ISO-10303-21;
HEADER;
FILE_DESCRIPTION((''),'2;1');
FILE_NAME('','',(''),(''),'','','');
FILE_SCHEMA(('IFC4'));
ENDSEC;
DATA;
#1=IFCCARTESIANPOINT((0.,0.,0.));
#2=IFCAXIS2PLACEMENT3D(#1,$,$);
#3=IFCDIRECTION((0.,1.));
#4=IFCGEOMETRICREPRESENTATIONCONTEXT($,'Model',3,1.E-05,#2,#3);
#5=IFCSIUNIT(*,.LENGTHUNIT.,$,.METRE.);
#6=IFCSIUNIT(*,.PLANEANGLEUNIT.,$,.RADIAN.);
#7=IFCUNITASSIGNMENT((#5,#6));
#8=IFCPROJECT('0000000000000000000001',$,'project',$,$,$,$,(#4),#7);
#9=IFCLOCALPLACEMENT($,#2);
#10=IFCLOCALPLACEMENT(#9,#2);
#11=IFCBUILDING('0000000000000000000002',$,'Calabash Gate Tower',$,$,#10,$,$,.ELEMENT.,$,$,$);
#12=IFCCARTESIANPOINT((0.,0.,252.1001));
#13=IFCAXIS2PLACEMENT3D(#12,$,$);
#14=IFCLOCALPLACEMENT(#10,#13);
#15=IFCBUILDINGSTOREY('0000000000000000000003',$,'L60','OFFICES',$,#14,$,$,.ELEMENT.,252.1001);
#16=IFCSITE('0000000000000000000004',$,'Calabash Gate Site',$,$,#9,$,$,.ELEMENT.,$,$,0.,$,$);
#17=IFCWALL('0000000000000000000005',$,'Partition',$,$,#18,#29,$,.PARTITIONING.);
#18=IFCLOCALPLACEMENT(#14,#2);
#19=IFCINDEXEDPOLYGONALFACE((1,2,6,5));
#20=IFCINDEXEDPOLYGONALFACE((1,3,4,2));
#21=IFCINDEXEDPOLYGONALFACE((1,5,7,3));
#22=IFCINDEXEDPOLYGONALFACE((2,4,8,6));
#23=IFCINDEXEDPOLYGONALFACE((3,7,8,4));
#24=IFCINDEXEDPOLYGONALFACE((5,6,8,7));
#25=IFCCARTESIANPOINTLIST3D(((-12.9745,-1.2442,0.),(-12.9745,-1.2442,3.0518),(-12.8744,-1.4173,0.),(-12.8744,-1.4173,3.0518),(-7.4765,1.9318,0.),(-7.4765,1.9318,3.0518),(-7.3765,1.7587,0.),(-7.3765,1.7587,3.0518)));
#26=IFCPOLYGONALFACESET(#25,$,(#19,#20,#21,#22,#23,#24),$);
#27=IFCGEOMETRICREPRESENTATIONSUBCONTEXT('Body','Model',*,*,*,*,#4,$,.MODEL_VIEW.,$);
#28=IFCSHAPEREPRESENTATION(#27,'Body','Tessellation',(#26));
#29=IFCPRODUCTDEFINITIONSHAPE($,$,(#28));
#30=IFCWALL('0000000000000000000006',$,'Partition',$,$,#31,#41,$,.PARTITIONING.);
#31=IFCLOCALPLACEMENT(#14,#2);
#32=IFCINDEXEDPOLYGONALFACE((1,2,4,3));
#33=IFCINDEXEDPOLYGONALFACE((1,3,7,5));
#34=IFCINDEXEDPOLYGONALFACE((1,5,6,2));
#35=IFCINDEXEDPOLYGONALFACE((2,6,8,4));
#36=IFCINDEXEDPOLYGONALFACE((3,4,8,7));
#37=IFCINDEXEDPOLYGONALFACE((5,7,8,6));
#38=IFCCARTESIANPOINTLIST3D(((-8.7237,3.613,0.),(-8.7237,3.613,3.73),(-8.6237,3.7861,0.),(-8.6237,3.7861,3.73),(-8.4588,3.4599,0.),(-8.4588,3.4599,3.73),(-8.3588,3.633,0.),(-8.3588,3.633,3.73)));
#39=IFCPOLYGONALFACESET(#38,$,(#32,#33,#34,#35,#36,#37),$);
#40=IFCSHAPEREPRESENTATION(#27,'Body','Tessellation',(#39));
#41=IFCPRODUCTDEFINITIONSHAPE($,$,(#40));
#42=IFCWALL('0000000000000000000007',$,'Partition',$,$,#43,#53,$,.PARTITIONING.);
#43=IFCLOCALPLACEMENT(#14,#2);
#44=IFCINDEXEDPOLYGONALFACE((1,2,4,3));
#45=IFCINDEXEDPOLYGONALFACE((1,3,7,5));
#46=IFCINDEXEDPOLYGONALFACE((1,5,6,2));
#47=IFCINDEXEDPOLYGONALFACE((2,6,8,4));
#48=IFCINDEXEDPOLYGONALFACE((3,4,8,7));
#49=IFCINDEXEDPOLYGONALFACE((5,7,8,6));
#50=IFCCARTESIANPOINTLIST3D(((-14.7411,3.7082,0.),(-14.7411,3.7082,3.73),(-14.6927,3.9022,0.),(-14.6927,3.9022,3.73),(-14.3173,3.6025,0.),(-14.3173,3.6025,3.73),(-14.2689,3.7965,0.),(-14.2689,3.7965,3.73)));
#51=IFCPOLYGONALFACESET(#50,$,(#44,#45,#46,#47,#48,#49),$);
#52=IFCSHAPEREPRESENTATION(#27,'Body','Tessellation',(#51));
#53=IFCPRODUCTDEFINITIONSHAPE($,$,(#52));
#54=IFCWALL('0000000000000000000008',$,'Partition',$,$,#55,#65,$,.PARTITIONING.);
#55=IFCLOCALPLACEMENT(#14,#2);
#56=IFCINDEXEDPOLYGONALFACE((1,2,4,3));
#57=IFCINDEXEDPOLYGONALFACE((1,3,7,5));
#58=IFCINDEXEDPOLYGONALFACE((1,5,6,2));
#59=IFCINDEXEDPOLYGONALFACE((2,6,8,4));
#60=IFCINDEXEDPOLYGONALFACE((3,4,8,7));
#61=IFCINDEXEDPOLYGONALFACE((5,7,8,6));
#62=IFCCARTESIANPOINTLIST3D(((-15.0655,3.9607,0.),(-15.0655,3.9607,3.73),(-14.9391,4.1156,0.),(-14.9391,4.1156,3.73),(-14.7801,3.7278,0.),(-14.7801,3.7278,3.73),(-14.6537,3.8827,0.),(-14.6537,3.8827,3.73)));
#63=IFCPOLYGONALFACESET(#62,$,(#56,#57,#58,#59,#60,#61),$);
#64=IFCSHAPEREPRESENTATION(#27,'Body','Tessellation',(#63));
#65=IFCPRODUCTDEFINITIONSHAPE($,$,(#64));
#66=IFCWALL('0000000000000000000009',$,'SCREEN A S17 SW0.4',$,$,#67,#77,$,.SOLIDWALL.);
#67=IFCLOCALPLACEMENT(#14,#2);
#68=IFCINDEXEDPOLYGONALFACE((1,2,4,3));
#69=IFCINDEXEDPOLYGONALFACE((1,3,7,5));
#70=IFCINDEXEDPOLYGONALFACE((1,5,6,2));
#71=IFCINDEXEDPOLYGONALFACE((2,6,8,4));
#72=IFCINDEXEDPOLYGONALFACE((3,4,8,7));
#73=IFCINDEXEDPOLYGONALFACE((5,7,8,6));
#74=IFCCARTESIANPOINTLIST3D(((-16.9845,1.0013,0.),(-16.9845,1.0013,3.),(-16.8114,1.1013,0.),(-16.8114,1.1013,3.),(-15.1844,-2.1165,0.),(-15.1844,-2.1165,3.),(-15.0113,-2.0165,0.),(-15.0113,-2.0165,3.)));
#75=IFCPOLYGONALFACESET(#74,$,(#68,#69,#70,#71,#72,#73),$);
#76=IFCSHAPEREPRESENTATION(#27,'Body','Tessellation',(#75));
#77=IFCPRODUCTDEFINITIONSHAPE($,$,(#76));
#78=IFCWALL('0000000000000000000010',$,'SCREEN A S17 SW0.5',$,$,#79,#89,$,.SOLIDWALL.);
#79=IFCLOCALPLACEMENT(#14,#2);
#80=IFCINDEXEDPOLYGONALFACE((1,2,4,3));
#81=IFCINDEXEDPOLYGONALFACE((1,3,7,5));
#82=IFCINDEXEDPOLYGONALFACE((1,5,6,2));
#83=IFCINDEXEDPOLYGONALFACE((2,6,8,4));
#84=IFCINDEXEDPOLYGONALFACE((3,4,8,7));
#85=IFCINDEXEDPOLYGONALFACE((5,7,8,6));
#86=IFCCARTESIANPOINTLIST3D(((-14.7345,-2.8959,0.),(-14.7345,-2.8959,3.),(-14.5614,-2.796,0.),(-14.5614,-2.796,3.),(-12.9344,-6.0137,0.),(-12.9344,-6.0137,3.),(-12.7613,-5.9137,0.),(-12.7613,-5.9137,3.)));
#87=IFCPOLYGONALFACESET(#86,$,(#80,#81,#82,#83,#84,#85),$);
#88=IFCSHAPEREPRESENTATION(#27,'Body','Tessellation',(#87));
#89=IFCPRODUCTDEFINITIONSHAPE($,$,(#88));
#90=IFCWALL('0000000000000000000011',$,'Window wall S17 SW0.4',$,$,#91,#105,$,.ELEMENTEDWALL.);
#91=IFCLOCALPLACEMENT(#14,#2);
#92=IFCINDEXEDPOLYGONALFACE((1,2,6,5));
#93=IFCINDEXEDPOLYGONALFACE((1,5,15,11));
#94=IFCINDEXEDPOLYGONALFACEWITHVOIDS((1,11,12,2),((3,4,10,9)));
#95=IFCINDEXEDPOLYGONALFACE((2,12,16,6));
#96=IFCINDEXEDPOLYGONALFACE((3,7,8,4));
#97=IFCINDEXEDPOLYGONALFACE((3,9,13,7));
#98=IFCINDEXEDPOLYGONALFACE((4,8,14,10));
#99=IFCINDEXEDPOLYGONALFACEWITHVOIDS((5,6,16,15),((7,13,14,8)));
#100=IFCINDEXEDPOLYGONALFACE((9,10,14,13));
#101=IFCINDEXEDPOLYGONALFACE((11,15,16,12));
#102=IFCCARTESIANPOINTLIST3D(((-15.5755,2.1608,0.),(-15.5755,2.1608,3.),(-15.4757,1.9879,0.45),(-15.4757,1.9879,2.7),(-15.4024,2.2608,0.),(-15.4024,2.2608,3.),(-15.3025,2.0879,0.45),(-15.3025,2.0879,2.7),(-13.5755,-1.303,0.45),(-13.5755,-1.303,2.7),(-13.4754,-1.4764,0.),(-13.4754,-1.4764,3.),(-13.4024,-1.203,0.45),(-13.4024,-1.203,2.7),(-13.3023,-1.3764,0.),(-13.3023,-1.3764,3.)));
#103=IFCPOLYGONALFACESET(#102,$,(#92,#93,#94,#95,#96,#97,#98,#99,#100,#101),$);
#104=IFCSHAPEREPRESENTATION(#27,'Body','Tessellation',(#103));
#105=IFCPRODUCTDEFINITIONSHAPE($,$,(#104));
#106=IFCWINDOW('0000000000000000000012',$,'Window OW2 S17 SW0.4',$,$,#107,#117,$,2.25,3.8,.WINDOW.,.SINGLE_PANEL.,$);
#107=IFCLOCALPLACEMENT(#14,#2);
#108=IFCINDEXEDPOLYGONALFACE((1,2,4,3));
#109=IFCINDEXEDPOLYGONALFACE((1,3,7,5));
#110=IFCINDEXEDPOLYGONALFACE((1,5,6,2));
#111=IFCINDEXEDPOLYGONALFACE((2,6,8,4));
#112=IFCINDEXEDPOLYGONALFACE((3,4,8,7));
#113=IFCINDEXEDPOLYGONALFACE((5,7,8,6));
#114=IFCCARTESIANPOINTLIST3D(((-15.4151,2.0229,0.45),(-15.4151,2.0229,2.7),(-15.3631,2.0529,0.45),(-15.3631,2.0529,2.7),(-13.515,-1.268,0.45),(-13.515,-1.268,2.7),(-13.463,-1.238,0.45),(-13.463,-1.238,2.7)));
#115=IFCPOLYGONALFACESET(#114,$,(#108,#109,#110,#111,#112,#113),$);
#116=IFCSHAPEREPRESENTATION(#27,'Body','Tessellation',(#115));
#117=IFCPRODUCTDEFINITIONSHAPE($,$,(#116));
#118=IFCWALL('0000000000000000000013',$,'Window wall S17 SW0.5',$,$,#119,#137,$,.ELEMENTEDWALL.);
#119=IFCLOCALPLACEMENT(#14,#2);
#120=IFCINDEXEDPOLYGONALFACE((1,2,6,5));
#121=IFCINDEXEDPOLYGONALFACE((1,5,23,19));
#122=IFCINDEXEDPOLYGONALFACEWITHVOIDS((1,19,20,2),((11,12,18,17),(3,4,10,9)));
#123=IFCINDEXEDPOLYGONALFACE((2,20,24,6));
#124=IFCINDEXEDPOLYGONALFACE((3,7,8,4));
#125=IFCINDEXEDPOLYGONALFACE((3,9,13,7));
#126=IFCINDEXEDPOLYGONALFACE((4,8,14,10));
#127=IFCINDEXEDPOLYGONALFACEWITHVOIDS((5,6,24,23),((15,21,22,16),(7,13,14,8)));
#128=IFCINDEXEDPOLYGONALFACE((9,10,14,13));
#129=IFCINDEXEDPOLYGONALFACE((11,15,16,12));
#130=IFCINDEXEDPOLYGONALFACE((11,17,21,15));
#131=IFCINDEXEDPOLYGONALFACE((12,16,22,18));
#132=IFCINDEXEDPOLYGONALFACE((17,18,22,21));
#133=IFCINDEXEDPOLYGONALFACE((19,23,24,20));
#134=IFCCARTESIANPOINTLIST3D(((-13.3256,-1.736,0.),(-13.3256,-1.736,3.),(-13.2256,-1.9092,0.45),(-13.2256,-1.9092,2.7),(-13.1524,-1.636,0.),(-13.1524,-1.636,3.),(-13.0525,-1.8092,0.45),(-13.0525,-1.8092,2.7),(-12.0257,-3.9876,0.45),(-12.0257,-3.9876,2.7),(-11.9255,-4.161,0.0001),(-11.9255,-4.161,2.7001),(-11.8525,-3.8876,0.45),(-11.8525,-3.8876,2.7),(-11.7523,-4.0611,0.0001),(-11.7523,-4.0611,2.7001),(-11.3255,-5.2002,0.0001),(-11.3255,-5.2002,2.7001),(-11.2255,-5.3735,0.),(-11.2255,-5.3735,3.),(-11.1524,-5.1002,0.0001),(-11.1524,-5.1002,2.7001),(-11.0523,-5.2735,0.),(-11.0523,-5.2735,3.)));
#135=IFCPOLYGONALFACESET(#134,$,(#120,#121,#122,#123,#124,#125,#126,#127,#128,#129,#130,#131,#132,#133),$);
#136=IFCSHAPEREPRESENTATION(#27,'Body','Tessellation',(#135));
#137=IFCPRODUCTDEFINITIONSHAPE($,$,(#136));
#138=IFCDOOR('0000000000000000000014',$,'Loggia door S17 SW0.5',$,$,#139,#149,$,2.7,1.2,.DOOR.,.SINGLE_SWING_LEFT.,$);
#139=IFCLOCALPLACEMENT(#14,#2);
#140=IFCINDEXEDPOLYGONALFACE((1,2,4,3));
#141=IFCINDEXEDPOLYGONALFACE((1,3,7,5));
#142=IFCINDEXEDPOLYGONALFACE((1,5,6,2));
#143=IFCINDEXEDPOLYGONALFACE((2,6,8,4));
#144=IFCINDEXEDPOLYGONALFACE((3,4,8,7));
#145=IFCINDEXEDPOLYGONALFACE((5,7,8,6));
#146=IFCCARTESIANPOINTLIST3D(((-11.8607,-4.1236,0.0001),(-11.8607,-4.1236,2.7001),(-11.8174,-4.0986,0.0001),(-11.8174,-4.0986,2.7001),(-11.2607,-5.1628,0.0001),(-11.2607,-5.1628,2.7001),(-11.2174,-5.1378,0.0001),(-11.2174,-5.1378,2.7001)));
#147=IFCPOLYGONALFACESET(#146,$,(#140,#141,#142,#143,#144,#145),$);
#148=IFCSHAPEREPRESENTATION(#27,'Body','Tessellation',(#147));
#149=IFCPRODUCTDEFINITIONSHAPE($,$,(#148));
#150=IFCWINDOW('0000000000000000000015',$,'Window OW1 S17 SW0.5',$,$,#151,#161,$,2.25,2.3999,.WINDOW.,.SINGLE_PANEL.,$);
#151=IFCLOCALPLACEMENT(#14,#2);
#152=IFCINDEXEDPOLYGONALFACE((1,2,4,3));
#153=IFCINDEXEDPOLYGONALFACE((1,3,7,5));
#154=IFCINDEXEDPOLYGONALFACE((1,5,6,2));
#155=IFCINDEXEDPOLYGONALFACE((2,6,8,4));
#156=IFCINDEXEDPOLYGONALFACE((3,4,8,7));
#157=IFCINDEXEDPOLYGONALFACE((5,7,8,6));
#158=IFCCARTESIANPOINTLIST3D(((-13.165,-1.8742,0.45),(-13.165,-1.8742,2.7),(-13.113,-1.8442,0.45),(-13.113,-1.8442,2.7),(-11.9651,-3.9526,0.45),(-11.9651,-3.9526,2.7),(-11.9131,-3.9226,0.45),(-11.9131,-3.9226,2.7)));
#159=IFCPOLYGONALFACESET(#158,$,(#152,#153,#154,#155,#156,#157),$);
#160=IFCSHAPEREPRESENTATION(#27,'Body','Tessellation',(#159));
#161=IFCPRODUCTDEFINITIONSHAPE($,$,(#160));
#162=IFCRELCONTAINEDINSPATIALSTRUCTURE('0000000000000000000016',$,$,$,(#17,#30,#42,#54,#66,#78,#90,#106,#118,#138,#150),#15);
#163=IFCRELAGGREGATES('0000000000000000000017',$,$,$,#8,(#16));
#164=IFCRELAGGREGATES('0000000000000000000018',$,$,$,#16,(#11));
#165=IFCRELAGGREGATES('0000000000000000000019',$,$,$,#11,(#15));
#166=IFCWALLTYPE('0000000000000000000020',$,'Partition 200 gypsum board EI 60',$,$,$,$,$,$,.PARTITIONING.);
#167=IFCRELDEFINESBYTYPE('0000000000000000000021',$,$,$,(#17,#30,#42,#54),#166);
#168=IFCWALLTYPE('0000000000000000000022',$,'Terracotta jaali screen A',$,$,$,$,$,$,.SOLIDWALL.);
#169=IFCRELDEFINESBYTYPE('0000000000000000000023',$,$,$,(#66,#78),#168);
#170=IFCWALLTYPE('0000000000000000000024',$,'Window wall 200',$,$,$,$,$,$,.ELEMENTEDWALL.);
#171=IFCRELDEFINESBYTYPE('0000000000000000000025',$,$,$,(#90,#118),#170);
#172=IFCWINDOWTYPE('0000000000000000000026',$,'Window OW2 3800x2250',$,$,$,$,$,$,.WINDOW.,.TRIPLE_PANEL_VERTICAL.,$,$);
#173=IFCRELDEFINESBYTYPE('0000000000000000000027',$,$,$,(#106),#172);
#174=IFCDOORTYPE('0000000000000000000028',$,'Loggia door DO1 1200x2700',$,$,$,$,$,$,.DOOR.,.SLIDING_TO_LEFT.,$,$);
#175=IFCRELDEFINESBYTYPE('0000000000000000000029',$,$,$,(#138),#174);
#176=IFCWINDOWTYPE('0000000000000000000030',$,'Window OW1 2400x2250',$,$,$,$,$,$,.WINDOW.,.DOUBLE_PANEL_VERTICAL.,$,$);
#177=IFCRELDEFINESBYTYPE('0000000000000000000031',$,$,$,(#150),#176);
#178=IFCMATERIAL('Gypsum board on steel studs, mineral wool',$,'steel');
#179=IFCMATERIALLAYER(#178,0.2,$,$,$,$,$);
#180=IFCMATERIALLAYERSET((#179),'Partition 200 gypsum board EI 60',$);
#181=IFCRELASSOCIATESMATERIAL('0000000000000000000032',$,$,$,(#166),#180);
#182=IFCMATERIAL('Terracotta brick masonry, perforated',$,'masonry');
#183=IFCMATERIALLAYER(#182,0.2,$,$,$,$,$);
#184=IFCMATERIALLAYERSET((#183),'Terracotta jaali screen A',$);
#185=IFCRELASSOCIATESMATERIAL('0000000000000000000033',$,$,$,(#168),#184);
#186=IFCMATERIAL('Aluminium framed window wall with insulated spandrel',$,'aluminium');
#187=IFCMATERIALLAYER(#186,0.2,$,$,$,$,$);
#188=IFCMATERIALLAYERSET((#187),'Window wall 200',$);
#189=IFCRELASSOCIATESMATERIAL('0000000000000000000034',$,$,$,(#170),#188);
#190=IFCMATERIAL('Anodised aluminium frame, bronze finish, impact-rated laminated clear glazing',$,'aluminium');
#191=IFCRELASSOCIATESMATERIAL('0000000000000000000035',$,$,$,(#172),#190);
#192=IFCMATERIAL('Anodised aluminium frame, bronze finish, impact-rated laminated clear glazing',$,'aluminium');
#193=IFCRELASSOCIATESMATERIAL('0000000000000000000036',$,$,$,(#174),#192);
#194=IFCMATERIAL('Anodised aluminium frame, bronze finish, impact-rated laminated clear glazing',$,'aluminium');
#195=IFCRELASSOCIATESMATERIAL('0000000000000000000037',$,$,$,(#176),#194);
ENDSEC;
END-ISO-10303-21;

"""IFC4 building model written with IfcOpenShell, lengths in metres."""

from ifc_helpers import new_model, si_unit, direction, frame, frame_2d, origin, place, context, subcontext, project, spatial, rectangle, extrude, material, layer, layer_set, type_object, element, fill, save


model = new_model("IFC4")

# Units and contexts
model_context = context("Model", 3, precision=1e-05, world=origin(), true_north=direction((0.0, 1.0)))
body_context = subcontext(model_context, "Body", "Model", "MODEL_VIEW")
ifc_project = project(units=[si_unit("LENGTHUNIT", "METRE"), si_unit("PLANEANGLEUNIT", "RADIAN")], contexts=[model_context])

# Site, building, storey
site_placement = place(None, origin())
site = spatial("IfcSite", under=ifc_project, at=site_placement, Name="Calabash Gate Site", CompositionType="ELEMENT", RefElevation=0.0)
building_placement = place(site_placement, origin())
building = spatial("IfcBuilding", under=site, at=building_placement, Name="Calabash Gate Tower", CompositionType="ELEMENT")
storey_placement = place(building_placement, frame((0.0, 0.0, 252.1001)))
storey = spatial("IfcBuildingStorey", under=building, at=storey_placement, Name="L60", Description="OFFICES", CompositionType="ELEMENT", Elevation=252.1001)

# Walls
ifc_material_1 = material(Name="Gypsum board on steel studs, mineral wool", Category="steel")
ifc_layer_1 = layer(ifc_material_1, 0.2)
ifc_layer_set_1 = layer_set([ifc_layer_1], Name="Partition 200 gypsum board EI 60")
wall_type_1 = type_object("IfcWallType", Name="Partition 200 gypsum board EI 60", PredefinedType="PARTITIONING", material=ifc_layer_set_1)
wall_1_placement = place(storey_placement, frame((-12.9246, -1.3308, 0.0), z_axis=(0.0, 0.0, 1.0), x_axis=(0.865908, 0.500204, 0.0)))
element("IfcWall", 1, at=wall_1_placement, inside=storey, type_object=wall_type_1, Name="Partition", PredefinedType="PARTITIONING", context=body_context, shape_type="SweptSolid", body=[
    extrude(rectangle(XDim=6.3494, YDim=0.2, at=frame_2d((3.1748, 0.0))), origin(), (0.0, 0.0, 1.0), 3.0518),
])
wall_2_placement = place(storey_placement, frame((-8.6736, 3.6995, 0.0), z_axis=(0.0, 0.0, 1.0), x_axis=(0.865827, -0.500344, 0.0)))
element("IfcWall", 2, at=wall_2_placement, inside=storey, type_object=wall_type_1, Name="Partition", PredefinedType="PARTITIONING", context=body_context, shape_type="SweptSolid", body=[
    extrude(rectangle(XDim=0.3059, YDim=0.2, at=frame_2d((0.1528, 0.0))), origin(), (0.0, 0.0, 1.0), 3.73),
])
wall_3_placement = place(storey_placement, frame((-14.7168, 3.8052, 0.0), z_axis=(0.0, 0.0, 1.0), x_axis=(0.970274, -0.24201, 0.0)))
element("IfcWall", 3, at=wall_3_placement, inside=storey, type_object=wall_type_1, Name="Partition", PredefinedType="PARTITIONING", context=body_context, shape_type="SweptSolid", body=[
    extrude(rectangle(XDim=0.4368, YDim=0.2, at=frame_2d((0.2183, 0.0))), origin(), (0.0, 0.0, 1.0), 3.73),
])

# Walls
wall_4_placement = place(storey_placement, frame((-15.0022, 4.0381, 0.0), z_axis=(0.0, 0.0, 1.0), x_axis=(0.774754, -0.632263, 0.0)))
element("IfcWall", 4, at=wall_4_placement, inside=storey, type_object=wall_type_1, Name="Partition", PredefinedType="PARTITIONING", context=body_context, shape_type="SweptSolid", body=[
    extrude(rectangle(XDim=0.3684, YDim=0.2, at=frame_2d((0.1841, 0.0))), origin(), (0.0, 0.0, 1.0), 3.73),
])
ifc_material_2 = material(Name="Terracotta brick masonry, perforated", Category="masonry")
ifc_layer_2 = layer(ifc_material_2, 0.2)
ifc_layer_set_2 = layer_set([ifc_layer_2], Name="Terracotta jaali screen A")
wall_type_2 = type_object("IfcWallType", Name="Terracotta jaali screen A", PredefinedType="SOLIDWALL", material=ifc_layer_set_2)
for number, where, z_axis, x_axis, name in (
    (5, (-16.8979, 1.0513, 0.0), (0.0, 0.0, 1.0), (0.500012, -0.866018, 0.0), "SCREEN A S17 SW0.4"),
    (6, (-14.6479, -2.8459, 0.0), (0.0, 0.0, 1.0), (0.500012, -0.866018, 0.0), "SCREEN A S17 SW0.5"),
):
    element("IfcWall", number, at=place(storey_placement, frame(where, z_axis=z_axis, x_axis=x_axis)), inside=storey, type_object=wall_type_2, Name=name, PredefinedType="SOLIDWALL", context=body_context, shape_type="SweptSolid", body=[
        extrude(rectangle(XDim=3.6001, YDim=0.2, at=frame_2d((1.8, 0.0))), origin(), (0.0, 0.0, 1.0), 3.0),
    ])

# Wall, opening, window
ifc_material_3 = material(Name="Aluminium framed window wall with insulated spandrel", Category="aluminium")
ifc_layer_3 = layer(ifc_material_3, 0.2)
ifc_layer_set_3 = layer_set([ifc_layer_3], Name="Window wall 200")
wall_type_3 = type_object("IfcWallType", Name="Window wall 200", PredefinedType="ELEMENTEDWALL", material=ifc_layer_set_3)
wall_5_placement = place(storey_placement, frame((-15.489, 2.2109, 0.0), z_axis=(0.0, 0.0, 1.0), x_axis=(0.500028, -0.866009, 0.0)))
wall_5 = element("IfcWall", 7, at=wall_5_placement, inside=storey, type_object=wall_type_3, Name="Window wall S17 SW0.4", PredefinedType="ELEMENTEDWALL", context=body_context, shape_type="SweptSolid", body=[
    extrude(rectangle(XDim=4.2, YDim=0.2, at=frame_2d((2.1001, 0.0))), origin(), (0.0, 0.0, 1.0), 3.0),
])
opening_1_placement = place(wall_5_placement, frame((0.2, 0.0, 0.45)))
opening_1 = element("IfcOpeningElement", 8, at=opening_1_placement, cuts=wall_5, PredefinedType="OPENING", context=body_context, shape_type="SweptSolid", body=[
    extrude(rectangle(XDim=3.8, YDim=2.25, at=frame_2d((1.8999, 1.125))), frame((0.0, 0.1099, 0.0), z_axis=(0.0, -1.0, 0.0), x_axis=(1.0, 0.0, 0.0)), (0.0, 0.0, 1.0), 0.22),
])
ifc_material_4 = material(Name="Anodised aluminium frame, bronze finish, impact-rated laminated clear glazing", Category="aluminium")
window_type_1 = type_object("IfcWindowType", Name="Window OW2 3800x2250", PartitioningType="TRIPLE_PANEL_VERTICAL", PredefinedType="WINDOW", material=ifc_material_4)
window_1_placement = place(opening_1_placement, origin())
window_1 = element("IfcWindow", 9, at=window_1_placement, inside=storey, type_object=window_type_1, Name="Window OW2 S17 SW0.4", OverallHeight=2.25, OverallWidth=3.8, PartitioningType="SINGLE_PANEL", PredefinedType="WINDOW", context=body_context, shape_type="SweptSolid", body=[
    extrude(rectangle(XDim=3.8, YDim=2.25, at=frame_2d((1.8999, 1.125))), frame((0.0, 0.03, 0.0), z_axis=(0.0, -1.0, 0.0), x_axis=(1.0, 0.0, 0.0)), (0.0, 0.0, 1.0), 0.0601),
])
fill(opening_1, window_1)

# Wall, openings, door, window
wall_6_placement = place(storey_placement, frame((-13.239, -1.686, 0.0), z_axis=(0.0, 0.0, 1.0), x_axis=(0.500003, -0.866024, 0.0)))
wall_6 = element("IfcWall", 10, at=wall_6_placement, inside=storey, type_object=wall_type_3, Name="Window wall S17 SW0.5", PredefinedType="ELEMENTEDWALL", context=body_context, shape_type="SweptSolid", body=[
    extrude(rectangle(XDim=4.2002, YDim=0.2, at=frame_2d((2.1001, 0.0))), origin(), (0.0, 0.0, 1.0), 3.0),
])
opening_2_placement = place(wall_6_placement, frame((0.2, 0.0, 0.45)))
opening_2 = element("IfcOpeningElement", 11, at=opening_2_placement, cuts=wall_6, PredefinedType="OPENING", context=body_context, shape_type="SweptSolid", body=[
    extrude(rectangle(XDim=2.3999, YDim=2.25, at=frame_2d((1.2, 1.125))), frame((0.0, 0.1099, 0.0), z_axis=(0.0, -1.0, 0.0), x_axis=(1.0, 0.0, 0.0)), (0.0, 0.0, 1.0), 0.22),
])
opening_3_placement = place(wall_6_placement, frame((2.8, 0.0, 0.0)))
opening_3 = element("IfcOpeningElement", 12, at=opening_3_placement, cuts=wall_6, PredefinedType="OPENING", context=body_context, shape_type="SweptSolid", body=[
    extrude(rectangle(XDim=1.2, YDim=2.7, at=frame_2d((0.6001, 1.3501))), frame((0.0, 0.1099, 0.0), z_axis=(0.0, -1.0, 0.0), x_axis=(1.0, 0.0, 0.0)), (0.0, 0.0, 1.0), 0.22),
])
ifc_material_5 = material(Name="Anodised aluminium frame, bronze finish, impact-rated laminated clear glazing", Category="aluminium")
door_type_1 = type_object("IfcDoorType", Name="Loggia door DO1 1200x2700", OperationType="SLIDING_TO_LEFT", PredefinedType="DOOR", material=ifc_material_5)
door_1_placement = place(opening_3_placement, origin())
door_1 = element("IfcDoor", 13, at=door_1_placement, inside=storey, type_object=door_type_1, Name="Loggia door S17 SW0.5", OperationType="SINGLE_SWING_LEFT", OverallHeight=2.7, OverallWidth=1.2, PredefinedType="DOOR", context=body_context, shape_type="SweptSolid", body=[
    extrude(rectangle(XDim=1.2, YDim=2.7, at=frame_2d((0.6001, 1.3501))), frame((0.0, 0.0249, 0.0), z_axis=(0.0, -1.0, 0.0), x_axis=(1.0, 0.0, 0.0)), (0.0, 0.0, 1.0), 0.05),
])
fill(opening_3, door_1)
ifc_material_6 = material(Name="Anodised aluminium frame, bronze finish, impact-rated laminated clear glazing", Category="aluminium")
window_type_2 = type_object("IfcWindowType", Name="Window OW1 2400x2250", PartitioningType="DOUBLE_PANEL_VERTICAL", PredefinedType="WINDOW", material=ifc_material_6)
window_2_placement = place(opening_2_placement, origin())
window_2 = element("IfcWindow", 14, at=window_2_placement, inside=storey, type_object=window_type_2, Name="Window OW1 S17 SW0.5", OverallHeight=2.25, OverallWidth=2.3999, PartitioningType="SINGLE_PANEL", PredefinedType="WINDOW", context=body_context, shape_type="SweptSolid", body=[
    extrude(rectangle(XDim=2.3999, YDim=2.25, at=frame_2d((1.2, 1.125))), frame((0.0, 0.03, 0.0), z_axis=(0.0, -1.0, 0.0), x_axis=(1.0, 0.0, 0.0)), (0.0, 0.0, 1.0), 0.0601),
])
fill(opening_2, window_2)

save(model, "model.ifc")
